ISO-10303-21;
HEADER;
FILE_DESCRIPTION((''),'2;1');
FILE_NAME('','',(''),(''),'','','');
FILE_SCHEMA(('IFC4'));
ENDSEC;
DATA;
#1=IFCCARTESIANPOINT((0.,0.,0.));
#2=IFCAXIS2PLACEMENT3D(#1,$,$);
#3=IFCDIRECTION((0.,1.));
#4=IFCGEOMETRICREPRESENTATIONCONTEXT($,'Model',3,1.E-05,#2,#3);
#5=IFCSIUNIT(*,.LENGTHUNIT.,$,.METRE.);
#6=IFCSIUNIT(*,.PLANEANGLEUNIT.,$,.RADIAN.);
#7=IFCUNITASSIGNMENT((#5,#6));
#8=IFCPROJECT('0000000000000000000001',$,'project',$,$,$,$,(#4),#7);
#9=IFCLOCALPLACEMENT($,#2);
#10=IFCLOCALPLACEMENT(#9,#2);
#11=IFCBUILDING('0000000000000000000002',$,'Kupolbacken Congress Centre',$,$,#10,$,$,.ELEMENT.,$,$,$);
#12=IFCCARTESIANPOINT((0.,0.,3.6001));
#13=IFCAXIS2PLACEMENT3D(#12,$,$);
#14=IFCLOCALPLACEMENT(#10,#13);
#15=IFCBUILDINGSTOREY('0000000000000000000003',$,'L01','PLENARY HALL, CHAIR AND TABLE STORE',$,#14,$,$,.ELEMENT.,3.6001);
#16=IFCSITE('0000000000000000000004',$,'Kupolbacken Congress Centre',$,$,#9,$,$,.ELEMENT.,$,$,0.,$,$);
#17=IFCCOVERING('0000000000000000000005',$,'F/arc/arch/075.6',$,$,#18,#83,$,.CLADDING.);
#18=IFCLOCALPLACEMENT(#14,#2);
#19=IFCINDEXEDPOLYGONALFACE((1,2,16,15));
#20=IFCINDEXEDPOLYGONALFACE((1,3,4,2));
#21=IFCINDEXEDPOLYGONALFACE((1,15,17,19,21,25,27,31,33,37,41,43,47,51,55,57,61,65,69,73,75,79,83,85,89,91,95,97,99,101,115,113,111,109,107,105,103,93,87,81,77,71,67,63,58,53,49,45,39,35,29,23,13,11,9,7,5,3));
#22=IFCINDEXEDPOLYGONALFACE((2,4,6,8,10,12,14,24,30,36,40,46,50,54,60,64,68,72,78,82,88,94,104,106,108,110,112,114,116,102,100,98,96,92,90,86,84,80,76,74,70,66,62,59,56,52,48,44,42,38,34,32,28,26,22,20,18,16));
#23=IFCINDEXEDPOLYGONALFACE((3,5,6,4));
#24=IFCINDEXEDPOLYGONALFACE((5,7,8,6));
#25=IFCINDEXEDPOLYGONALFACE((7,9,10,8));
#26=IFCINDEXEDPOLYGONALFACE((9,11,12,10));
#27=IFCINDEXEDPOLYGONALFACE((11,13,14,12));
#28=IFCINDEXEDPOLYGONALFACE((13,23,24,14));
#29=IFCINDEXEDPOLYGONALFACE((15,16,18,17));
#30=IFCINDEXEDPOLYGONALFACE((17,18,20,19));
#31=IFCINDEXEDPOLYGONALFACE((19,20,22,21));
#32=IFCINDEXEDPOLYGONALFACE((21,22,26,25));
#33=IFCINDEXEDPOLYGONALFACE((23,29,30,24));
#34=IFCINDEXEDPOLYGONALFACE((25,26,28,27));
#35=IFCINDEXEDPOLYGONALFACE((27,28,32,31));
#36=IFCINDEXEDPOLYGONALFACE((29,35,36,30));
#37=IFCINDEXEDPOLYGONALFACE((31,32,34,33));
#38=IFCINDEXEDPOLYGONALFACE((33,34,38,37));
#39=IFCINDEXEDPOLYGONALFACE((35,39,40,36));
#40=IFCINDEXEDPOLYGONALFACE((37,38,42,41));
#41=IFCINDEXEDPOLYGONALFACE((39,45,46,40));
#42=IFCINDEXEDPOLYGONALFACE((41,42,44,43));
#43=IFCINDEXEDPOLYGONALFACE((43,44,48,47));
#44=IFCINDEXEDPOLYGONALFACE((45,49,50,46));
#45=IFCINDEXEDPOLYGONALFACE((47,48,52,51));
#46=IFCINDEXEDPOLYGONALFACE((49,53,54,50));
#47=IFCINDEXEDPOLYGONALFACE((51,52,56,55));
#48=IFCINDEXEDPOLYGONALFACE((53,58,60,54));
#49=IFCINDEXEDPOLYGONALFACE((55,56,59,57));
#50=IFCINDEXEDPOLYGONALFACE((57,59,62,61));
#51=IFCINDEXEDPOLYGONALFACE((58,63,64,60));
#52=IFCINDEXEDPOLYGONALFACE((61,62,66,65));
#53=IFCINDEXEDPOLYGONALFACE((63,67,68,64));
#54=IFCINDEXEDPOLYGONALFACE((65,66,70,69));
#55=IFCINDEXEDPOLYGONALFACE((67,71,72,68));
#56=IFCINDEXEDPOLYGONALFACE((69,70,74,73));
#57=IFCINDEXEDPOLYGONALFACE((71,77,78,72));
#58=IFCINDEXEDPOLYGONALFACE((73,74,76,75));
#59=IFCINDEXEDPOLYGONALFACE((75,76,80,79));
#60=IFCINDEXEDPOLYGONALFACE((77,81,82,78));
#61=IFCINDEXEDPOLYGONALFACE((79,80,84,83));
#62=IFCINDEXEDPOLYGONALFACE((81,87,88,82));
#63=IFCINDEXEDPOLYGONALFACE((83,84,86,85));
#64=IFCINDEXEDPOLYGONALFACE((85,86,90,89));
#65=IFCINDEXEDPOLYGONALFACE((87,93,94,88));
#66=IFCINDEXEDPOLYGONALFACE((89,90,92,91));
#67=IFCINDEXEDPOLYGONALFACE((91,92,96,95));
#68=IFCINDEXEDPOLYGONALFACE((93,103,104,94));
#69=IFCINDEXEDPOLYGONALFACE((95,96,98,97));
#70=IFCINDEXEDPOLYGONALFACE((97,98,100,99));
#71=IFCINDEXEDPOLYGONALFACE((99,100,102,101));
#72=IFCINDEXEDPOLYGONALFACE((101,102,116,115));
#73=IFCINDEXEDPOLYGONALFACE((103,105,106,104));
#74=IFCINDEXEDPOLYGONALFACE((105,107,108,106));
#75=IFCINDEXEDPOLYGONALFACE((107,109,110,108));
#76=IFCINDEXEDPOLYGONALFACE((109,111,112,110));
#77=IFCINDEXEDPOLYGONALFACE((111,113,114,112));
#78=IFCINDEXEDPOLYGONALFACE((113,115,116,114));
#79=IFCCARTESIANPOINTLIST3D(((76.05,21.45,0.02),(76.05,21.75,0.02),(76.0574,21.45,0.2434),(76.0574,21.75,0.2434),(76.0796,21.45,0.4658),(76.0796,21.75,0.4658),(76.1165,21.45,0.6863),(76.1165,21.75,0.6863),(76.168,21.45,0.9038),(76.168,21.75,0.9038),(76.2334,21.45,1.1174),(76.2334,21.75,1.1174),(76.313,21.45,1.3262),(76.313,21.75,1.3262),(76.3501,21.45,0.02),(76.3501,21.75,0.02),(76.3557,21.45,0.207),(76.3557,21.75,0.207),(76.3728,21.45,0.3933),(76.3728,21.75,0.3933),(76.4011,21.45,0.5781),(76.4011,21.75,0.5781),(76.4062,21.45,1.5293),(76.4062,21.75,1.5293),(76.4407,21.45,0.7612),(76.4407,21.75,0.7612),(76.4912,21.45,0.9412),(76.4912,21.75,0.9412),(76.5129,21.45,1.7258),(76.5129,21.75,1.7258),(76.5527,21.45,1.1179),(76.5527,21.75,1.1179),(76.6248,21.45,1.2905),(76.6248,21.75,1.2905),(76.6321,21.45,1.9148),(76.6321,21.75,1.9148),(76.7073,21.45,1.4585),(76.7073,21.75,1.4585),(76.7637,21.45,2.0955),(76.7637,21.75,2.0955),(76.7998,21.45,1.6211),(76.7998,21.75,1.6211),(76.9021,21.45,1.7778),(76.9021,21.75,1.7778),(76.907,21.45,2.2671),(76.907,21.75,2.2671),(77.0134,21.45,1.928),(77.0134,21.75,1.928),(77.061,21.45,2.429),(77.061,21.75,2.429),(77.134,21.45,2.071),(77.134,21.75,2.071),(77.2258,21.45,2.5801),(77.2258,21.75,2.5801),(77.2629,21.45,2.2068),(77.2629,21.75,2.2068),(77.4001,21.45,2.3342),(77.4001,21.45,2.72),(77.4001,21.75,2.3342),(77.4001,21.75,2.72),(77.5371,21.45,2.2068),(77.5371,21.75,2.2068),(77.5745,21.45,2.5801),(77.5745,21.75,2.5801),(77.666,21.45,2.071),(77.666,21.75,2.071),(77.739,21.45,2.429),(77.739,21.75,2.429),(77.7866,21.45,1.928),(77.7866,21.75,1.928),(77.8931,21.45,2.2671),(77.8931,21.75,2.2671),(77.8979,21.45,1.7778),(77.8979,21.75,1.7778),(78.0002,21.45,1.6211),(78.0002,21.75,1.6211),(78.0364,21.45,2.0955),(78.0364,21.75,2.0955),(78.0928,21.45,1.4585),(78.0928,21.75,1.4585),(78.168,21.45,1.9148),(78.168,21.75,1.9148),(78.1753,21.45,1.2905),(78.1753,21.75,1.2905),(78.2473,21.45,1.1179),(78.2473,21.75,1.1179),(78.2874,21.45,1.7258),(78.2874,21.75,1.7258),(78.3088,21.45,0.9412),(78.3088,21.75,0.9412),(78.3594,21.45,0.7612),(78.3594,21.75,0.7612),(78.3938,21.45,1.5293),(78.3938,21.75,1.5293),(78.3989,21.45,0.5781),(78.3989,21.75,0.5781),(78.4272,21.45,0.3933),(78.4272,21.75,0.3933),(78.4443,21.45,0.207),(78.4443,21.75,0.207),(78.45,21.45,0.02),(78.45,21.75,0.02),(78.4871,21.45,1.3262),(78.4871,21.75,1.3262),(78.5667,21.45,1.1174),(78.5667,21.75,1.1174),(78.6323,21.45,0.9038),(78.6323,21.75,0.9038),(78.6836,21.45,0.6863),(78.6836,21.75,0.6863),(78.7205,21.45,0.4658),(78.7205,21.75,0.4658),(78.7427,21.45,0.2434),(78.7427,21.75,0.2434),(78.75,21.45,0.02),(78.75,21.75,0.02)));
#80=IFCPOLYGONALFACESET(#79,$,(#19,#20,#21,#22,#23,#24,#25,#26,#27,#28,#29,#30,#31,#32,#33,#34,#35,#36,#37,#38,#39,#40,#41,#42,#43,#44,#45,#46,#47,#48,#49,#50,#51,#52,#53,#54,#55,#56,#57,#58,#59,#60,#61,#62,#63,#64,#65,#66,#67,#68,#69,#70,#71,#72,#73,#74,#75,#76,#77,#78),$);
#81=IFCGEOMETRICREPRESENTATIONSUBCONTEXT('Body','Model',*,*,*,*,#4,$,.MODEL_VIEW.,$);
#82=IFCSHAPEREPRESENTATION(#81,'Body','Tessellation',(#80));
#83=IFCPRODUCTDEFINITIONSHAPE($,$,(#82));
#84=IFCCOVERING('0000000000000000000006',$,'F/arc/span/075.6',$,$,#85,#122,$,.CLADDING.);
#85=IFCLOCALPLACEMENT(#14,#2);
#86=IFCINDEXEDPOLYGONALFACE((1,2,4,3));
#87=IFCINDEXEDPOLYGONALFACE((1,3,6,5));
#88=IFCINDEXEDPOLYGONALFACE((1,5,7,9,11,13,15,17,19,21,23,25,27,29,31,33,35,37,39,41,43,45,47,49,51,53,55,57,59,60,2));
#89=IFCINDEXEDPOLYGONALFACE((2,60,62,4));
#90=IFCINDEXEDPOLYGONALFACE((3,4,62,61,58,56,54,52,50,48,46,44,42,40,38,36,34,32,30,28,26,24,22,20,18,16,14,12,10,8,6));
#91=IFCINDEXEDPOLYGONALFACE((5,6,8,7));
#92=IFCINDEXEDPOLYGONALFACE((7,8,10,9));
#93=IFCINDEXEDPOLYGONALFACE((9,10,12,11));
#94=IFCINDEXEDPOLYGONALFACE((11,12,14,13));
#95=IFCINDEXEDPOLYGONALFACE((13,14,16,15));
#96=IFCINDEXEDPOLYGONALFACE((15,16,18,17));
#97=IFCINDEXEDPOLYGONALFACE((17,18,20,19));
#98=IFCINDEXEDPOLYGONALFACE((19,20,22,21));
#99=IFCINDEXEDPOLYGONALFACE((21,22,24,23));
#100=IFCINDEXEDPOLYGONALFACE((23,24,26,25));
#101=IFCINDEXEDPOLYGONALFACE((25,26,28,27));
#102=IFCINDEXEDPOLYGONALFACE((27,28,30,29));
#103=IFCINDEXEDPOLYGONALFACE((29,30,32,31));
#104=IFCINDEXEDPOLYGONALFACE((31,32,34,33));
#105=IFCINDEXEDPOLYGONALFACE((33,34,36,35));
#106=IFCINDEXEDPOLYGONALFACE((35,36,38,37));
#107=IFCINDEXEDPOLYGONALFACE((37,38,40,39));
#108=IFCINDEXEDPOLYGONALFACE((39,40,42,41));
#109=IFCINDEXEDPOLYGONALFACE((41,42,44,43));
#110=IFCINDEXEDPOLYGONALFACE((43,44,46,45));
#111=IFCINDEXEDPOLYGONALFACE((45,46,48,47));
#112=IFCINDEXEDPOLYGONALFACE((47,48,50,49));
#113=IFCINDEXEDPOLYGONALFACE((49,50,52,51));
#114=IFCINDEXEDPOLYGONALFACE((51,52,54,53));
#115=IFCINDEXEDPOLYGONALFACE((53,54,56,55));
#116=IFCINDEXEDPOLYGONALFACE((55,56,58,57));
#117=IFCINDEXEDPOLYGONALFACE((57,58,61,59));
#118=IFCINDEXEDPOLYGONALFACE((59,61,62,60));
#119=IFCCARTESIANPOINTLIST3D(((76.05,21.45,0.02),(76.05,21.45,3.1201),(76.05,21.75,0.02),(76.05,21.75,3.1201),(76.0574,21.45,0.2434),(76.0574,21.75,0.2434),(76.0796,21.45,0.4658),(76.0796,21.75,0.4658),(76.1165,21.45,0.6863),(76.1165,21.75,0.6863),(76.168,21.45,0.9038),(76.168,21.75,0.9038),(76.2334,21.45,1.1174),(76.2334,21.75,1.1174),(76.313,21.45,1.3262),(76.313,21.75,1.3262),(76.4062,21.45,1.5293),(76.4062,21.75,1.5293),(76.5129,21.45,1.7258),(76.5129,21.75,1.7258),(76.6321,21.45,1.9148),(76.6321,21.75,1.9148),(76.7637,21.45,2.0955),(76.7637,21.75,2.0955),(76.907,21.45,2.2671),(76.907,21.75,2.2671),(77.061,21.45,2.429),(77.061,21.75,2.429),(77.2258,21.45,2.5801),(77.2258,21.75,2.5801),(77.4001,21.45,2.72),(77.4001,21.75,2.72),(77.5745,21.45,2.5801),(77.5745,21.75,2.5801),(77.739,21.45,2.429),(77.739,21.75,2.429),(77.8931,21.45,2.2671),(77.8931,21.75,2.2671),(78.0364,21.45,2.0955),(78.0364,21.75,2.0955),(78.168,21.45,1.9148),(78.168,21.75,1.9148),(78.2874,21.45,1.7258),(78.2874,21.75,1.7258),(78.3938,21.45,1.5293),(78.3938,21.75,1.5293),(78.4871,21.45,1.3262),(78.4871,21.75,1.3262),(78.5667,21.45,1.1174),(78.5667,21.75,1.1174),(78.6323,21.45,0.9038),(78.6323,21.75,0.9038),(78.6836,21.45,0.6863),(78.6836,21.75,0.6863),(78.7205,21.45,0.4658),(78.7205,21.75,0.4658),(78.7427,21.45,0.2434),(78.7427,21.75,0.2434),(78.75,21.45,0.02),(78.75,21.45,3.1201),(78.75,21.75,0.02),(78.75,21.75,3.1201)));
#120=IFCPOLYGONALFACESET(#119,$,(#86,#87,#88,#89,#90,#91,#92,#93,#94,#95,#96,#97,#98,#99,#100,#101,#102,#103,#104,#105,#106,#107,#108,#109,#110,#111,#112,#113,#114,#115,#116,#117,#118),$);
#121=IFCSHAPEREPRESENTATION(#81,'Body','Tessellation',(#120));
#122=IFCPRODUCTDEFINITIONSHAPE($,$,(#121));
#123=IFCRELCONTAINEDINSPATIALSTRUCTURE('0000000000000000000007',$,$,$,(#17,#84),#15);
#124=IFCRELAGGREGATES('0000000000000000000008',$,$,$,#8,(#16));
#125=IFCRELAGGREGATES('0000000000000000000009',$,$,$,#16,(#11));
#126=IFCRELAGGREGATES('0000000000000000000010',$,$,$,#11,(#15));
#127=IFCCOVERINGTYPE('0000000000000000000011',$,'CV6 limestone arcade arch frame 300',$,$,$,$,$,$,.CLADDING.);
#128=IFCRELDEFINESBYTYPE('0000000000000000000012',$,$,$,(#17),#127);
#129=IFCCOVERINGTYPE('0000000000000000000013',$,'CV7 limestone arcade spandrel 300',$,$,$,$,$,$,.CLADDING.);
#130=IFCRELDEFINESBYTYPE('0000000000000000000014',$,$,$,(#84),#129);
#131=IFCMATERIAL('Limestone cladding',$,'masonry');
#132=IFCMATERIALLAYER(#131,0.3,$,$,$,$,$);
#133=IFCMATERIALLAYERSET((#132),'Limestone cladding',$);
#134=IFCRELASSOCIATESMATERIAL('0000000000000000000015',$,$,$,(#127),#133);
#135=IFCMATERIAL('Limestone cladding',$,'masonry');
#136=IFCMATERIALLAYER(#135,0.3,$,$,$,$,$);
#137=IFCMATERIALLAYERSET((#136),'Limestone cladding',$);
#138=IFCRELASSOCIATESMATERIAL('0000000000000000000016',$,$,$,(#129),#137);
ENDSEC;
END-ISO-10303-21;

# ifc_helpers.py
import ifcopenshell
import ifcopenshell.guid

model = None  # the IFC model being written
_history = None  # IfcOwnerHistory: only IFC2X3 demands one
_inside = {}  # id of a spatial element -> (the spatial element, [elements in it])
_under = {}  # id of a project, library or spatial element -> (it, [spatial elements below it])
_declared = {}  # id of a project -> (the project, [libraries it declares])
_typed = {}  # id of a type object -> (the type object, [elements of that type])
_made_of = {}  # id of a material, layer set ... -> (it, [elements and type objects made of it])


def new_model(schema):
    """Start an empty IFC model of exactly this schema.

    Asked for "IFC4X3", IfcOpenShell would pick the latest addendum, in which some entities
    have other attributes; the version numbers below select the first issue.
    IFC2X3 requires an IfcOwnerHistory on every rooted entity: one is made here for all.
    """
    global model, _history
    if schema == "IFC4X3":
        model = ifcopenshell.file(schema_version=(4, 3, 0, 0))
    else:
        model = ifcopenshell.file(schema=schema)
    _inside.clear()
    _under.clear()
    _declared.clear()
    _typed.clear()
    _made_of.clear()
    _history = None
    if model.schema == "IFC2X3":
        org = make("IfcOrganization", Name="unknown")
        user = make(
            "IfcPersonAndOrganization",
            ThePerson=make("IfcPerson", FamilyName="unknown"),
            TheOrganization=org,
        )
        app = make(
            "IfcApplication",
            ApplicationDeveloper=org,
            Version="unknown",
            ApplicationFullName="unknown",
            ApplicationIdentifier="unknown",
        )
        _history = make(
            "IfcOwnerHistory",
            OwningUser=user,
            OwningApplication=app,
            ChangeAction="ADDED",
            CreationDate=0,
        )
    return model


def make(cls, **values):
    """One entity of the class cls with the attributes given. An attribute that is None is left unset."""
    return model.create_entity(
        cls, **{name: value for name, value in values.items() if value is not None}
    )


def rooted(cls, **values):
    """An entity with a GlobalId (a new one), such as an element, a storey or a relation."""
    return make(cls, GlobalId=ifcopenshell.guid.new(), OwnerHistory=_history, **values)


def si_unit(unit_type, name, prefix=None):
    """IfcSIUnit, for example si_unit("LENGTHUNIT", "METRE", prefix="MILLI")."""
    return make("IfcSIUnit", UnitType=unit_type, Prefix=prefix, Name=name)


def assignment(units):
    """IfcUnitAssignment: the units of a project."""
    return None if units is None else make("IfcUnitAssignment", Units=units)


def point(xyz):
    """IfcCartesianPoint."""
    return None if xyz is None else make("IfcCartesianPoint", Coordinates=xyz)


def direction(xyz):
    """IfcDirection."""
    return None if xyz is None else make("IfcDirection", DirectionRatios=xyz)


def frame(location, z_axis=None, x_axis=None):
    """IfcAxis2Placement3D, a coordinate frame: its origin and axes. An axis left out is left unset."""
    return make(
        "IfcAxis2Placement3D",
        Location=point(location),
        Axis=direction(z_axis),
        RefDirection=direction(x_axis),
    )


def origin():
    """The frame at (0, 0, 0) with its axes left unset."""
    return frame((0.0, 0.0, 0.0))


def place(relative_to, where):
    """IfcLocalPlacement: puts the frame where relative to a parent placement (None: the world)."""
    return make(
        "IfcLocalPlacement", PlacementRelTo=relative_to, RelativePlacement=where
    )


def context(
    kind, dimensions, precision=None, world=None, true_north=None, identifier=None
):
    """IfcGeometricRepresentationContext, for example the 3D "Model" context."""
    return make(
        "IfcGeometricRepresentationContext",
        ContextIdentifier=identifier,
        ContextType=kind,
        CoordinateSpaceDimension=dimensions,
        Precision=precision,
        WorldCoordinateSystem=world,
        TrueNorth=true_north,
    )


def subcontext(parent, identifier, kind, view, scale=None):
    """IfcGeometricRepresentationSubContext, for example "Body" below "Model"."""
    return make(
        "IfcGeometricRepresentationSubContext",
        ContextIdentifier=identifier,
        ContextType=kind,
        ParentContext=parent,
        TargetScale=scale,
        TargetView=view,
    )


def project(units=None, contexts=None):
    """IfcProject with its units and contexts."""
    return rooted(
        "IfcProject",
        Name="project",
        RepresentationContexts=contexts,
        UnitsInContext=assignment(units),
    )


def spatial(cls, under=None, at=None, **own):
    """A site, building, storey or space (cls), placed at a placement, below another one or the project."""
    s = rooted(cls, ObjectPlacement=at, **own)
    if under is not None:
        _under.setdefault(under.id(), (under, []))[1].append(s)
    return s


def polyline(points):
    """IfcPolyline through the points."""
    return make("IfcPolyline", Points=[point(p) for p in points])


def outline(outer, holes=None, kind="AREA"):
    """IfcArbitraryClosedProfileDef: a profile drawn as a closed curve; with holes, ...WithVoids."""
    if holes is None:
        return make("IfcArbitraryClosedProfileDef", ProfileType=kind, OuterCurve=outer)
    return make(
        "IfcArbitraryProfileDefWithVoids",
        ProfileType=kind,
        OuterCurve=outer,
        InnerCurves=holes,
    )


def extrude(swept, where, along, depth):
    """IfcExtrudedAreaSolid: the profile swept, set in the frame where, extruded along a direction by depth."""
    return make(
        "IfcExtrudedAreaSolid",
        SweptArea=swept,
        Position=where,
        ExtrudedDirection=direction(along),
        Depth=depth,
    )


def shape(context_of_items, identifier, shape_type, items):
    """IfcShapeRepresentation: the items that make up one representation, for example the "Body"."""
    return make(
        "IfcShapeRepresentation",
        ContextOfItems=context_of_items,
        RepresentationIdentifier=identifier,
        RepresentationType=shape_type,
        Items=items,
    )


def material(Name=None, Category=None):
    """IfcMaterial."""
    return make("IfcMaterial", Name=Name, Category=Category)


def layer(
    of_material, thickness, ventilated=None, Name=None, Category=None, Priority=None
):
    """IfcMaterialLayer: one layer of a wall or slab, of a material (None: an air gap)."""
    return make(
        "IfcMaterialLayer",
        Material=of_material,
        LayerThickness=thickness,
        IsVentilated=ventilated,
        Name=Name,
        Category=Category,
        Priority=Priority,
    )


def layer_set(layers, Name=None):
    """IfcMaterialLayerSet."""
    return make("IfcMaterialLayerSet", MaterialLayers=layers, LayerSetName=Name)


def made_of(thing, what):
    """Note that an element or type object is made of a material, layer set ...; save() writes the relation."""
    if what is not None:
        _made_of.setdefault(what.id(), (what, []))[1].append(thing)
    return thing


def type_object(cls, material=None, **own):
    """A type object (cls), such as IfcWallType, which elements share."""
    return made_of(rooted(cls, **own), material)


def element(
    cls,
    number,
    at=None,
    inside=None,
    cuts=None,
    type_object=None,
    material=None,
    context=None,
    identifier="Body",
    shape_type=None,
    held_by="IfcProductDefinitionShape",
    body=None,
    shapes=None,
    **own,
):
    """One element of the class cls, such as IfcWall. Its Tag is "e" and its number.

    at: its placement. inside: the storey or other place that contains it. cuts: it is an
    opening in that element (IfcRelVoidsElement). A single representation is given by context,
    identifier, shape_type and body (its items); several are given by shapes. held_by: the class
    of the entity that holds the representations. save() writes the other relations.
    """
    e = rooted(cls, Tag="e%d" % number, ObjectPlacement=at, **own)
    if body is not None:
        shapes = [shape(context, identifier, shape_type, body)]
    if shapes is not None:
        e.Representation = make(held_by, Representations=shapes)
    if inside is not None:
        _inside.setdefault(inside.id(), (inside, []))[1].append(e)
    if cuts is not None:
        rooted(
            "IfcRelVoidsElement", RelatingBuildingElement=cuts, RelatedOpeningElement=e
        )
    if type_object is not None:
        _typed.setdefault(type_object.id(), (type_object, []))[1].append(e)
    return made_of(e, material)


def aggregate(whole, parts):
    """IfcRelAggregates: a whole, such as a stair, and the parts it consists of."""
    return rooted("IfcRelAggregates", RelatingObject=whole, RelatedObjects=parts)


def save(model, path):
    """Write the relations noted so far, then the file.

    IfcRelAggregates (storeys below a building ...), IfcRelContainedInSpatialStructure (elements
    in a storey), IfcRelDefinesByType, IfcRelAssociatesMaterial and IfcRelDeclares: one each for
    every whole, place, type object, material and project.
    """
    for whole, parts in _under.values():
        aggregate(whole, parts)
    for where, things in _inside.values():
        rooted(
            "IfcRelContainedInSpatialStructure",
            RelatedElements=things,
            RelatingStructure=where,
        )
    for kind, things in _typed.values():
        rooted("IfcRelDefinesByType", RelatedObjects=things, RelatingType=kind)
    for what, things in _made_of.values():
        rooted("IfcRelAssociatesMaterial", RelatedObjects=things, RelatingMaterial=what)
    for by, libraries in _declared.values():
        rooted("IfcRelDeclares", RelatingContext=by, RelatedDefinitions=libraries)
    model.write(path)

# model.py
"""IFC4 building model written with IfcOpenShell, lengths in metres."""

from ifc_helpers import new_model, si_unit, direction, frame, origin, place, context, subcontext, project, spatial, polyline, outline, extrude, material, layer, layer_set, type_object, element, save


model = new_model("IFC4")

# Units and contexts
model_context = context("Model", 3, precision=1e-05, world=origin(), true_north=direction((0.0, 1.0)))
body_context = subcontext(model_context, "Body", "Model", "MODEL_VIEW")
ifc_project = project(units=[si_unit("LENGTHUNIT", "METRE"), si_unit("PLANEANGLEUNIT", "RADIAN")], contexts=[model_context])

# Site, building, storey
site_placement = place(None, origin())
site = spatial("IfcSite", under=ifc_project, at=site_placement, Name="Kupolbacken Congress Centre", CompositionType="ELEMENT", RefElevation=0.0)
building_placement = place(site_placement, origin())
building = spatial("IfcBuilding", under=site, at=building_placement, Name="Kupolbacken Congress Centre", CompositionType="ELEMENT")
storey_placement = place(building_placement, frame((0.0, 0.0, 3.6001)))
storey = spatial("IfcBuildingStorey", under=building, at=storey_placement, Name="L01", Description="PLENARY HALL, CHAIR AND TABLE STORE", CompositionType="ELEMENT", Elevation=3.6001)

# Coverings
ifc_material_1 = material(Name="Limestone cladding", Category="masonry")
ifc_layer_1 = layer(ifc_material_1, 0.3)
ifc_layer_set_1 = layer_set([ifc_layer_1], Name="Limestone cladding")
covering_type_1 = type_object("IfcCoveringType", Name="CV6 limestone arcade arch frame 300", PredefinedType="CLADDING", material=ifc_layer_set_1)
covering_1_placement = place(storey_placement, frame((76.05, 21.45, 0.02), z_axis=(0.0, 1.0, 0.0), x_axis=(-1.0, 0.0, 0.0)))
element("IfcCovering", 1, at=covering_1_placement, inside=storey, type_object=covering_type_1, Name="F/arc/arch/075.6", PredefinedType="CLADDING", context=body_context, shape_type="SweptSolid", body=[
    extrude(outline(polyline([(0.0, 0.0), (-0.0073, 0.2234), (-0.0295, 0.4458), (-0.0664, 0.6663), (-0.1179, 0.8838), (-0.1833, 1.0974), (-0.2629, 1.3062), (-0.3562, 1.5093), (-0.4629, 1.7058), (-0.582, 1.8948), (-0.7136, 2.0754), (-0.8569, 2.2471), (-1.011, 2.4089), (-1.1758, 2.5601), (-1.3501, 2.7), (-1.5244, 2.5601), (-1.689, 2.4089), (-1.843, 2.2471), (-1.9863, 2.0754), (-2.1179, 1.8948), (-2.2373, 1.7058), (-2.3438, 1.5093), (-2.437, 1.3062), (-2.5166, 1.0974), (-2.5823, 0.8838), (-2.6335, 0.6663), (-2.6704, 0.4458), (-2.6926, 0.2234), (-2.7, 0.0), (-2.3999, 0.0), (-2.3943, 0.187), (-2.3772, 0.3733), (-2.3489, 0.5581), (-2.3093, 0.7412), (-2.2588, 0.9211), (-2.1973, 1.0979), (-2.1252, 1.2705), (-2.0427, 1.4385), (-1.9502, 1.6011), (-1.8479, 1.7578), (-1.7366, 1.908), (-1.616, 2.051), (-1.4871, 2.1868), (-1.3501, 2.3142), (-1.2129, 2.1868), (-1.084, 2.051), (-0.9634, 1.908), (-0.8521, 1.7578), (-0.7498, 1.6011), (-0.6572, 1.4385), (-0.5747, 1.2705), (-0.5027, 1.0979), (-0.4412, 0.9211), (-0.3906, 0.7412), (-0.3511, 0.5581), (-0.3228, 0.3733), (-0.3057, 0.187), (-0.3, 0.0), (0.0, 0.0)])), origin(), (0.0, 0.0, 1.0), 0.3),
])
ifc_material_2 = material(Name="Limestone cladding", Category="masonry")
ifc_layer_2 = layer(ifc_material_2, 0.3)
ifc_layer_set_2 = layer_set([ifc_layer_2], Name="Limestone cladding")
covering_type_2 = type_object("IfcCoveringType", Name="CV7 limestone arcade spandrel 300", PredefinedType="CLADDING", material=ifc_layer_set_2)
covering_2_placement = place(storey_placement, frame((76.05, 21.45, 0.02), z_axis=(0.0, 1.0, 0.0), x_axis=(-1.0, 0.0, 0.0)))
element("IfcCovering", 2, at=covering_2_placement, inside=storey, type_object=covering_type_2, Name="F/arc/span/075.6", PredefinedType="CLADDING", context=body_context, shape_type="SweptSolid", body=[
    extrude(outline(polyline([(0.0, 0.0), (0.0, 3.1001), (-2.7, 3.1001), (-2.7, 0.0), (-2.6926, 0.2234), (-2.6704, 0.4458), (-2.6335, 0.6663), (-2.5823, 0.8838), (-2.5166, 1.0974), (-2.437, 1.3062), (-2.3438, 1.5093), (-2.2373, 1.7058), (-2.1179, 1.8948), (-1.9863, 2.0754), (-1.843, 2.2471), (-1.689, 2.4089), (-1.5244, 2.5601), (-1.3501, 2.7), (-1.1758, 2.5601), (-1.011, 2.4089), (-0.8569, 2.2471), (-0.7136, 2.0754), (-0.582, 1.8948), (-0.4629, 1.7058), (-0.3562, 1.5093), (-0.2629, 1.3062), (-0.1833, 1.0974), (-0.1179, 0.8838), (-0.0664, 0.6663), (-0.0295, 0.4458), (-0.0073, 0.2234), (0.0, 0.0)])), origin(), (0.0, 0.0, 1.0), 0.3),
])

save(model, "model.ifc")
